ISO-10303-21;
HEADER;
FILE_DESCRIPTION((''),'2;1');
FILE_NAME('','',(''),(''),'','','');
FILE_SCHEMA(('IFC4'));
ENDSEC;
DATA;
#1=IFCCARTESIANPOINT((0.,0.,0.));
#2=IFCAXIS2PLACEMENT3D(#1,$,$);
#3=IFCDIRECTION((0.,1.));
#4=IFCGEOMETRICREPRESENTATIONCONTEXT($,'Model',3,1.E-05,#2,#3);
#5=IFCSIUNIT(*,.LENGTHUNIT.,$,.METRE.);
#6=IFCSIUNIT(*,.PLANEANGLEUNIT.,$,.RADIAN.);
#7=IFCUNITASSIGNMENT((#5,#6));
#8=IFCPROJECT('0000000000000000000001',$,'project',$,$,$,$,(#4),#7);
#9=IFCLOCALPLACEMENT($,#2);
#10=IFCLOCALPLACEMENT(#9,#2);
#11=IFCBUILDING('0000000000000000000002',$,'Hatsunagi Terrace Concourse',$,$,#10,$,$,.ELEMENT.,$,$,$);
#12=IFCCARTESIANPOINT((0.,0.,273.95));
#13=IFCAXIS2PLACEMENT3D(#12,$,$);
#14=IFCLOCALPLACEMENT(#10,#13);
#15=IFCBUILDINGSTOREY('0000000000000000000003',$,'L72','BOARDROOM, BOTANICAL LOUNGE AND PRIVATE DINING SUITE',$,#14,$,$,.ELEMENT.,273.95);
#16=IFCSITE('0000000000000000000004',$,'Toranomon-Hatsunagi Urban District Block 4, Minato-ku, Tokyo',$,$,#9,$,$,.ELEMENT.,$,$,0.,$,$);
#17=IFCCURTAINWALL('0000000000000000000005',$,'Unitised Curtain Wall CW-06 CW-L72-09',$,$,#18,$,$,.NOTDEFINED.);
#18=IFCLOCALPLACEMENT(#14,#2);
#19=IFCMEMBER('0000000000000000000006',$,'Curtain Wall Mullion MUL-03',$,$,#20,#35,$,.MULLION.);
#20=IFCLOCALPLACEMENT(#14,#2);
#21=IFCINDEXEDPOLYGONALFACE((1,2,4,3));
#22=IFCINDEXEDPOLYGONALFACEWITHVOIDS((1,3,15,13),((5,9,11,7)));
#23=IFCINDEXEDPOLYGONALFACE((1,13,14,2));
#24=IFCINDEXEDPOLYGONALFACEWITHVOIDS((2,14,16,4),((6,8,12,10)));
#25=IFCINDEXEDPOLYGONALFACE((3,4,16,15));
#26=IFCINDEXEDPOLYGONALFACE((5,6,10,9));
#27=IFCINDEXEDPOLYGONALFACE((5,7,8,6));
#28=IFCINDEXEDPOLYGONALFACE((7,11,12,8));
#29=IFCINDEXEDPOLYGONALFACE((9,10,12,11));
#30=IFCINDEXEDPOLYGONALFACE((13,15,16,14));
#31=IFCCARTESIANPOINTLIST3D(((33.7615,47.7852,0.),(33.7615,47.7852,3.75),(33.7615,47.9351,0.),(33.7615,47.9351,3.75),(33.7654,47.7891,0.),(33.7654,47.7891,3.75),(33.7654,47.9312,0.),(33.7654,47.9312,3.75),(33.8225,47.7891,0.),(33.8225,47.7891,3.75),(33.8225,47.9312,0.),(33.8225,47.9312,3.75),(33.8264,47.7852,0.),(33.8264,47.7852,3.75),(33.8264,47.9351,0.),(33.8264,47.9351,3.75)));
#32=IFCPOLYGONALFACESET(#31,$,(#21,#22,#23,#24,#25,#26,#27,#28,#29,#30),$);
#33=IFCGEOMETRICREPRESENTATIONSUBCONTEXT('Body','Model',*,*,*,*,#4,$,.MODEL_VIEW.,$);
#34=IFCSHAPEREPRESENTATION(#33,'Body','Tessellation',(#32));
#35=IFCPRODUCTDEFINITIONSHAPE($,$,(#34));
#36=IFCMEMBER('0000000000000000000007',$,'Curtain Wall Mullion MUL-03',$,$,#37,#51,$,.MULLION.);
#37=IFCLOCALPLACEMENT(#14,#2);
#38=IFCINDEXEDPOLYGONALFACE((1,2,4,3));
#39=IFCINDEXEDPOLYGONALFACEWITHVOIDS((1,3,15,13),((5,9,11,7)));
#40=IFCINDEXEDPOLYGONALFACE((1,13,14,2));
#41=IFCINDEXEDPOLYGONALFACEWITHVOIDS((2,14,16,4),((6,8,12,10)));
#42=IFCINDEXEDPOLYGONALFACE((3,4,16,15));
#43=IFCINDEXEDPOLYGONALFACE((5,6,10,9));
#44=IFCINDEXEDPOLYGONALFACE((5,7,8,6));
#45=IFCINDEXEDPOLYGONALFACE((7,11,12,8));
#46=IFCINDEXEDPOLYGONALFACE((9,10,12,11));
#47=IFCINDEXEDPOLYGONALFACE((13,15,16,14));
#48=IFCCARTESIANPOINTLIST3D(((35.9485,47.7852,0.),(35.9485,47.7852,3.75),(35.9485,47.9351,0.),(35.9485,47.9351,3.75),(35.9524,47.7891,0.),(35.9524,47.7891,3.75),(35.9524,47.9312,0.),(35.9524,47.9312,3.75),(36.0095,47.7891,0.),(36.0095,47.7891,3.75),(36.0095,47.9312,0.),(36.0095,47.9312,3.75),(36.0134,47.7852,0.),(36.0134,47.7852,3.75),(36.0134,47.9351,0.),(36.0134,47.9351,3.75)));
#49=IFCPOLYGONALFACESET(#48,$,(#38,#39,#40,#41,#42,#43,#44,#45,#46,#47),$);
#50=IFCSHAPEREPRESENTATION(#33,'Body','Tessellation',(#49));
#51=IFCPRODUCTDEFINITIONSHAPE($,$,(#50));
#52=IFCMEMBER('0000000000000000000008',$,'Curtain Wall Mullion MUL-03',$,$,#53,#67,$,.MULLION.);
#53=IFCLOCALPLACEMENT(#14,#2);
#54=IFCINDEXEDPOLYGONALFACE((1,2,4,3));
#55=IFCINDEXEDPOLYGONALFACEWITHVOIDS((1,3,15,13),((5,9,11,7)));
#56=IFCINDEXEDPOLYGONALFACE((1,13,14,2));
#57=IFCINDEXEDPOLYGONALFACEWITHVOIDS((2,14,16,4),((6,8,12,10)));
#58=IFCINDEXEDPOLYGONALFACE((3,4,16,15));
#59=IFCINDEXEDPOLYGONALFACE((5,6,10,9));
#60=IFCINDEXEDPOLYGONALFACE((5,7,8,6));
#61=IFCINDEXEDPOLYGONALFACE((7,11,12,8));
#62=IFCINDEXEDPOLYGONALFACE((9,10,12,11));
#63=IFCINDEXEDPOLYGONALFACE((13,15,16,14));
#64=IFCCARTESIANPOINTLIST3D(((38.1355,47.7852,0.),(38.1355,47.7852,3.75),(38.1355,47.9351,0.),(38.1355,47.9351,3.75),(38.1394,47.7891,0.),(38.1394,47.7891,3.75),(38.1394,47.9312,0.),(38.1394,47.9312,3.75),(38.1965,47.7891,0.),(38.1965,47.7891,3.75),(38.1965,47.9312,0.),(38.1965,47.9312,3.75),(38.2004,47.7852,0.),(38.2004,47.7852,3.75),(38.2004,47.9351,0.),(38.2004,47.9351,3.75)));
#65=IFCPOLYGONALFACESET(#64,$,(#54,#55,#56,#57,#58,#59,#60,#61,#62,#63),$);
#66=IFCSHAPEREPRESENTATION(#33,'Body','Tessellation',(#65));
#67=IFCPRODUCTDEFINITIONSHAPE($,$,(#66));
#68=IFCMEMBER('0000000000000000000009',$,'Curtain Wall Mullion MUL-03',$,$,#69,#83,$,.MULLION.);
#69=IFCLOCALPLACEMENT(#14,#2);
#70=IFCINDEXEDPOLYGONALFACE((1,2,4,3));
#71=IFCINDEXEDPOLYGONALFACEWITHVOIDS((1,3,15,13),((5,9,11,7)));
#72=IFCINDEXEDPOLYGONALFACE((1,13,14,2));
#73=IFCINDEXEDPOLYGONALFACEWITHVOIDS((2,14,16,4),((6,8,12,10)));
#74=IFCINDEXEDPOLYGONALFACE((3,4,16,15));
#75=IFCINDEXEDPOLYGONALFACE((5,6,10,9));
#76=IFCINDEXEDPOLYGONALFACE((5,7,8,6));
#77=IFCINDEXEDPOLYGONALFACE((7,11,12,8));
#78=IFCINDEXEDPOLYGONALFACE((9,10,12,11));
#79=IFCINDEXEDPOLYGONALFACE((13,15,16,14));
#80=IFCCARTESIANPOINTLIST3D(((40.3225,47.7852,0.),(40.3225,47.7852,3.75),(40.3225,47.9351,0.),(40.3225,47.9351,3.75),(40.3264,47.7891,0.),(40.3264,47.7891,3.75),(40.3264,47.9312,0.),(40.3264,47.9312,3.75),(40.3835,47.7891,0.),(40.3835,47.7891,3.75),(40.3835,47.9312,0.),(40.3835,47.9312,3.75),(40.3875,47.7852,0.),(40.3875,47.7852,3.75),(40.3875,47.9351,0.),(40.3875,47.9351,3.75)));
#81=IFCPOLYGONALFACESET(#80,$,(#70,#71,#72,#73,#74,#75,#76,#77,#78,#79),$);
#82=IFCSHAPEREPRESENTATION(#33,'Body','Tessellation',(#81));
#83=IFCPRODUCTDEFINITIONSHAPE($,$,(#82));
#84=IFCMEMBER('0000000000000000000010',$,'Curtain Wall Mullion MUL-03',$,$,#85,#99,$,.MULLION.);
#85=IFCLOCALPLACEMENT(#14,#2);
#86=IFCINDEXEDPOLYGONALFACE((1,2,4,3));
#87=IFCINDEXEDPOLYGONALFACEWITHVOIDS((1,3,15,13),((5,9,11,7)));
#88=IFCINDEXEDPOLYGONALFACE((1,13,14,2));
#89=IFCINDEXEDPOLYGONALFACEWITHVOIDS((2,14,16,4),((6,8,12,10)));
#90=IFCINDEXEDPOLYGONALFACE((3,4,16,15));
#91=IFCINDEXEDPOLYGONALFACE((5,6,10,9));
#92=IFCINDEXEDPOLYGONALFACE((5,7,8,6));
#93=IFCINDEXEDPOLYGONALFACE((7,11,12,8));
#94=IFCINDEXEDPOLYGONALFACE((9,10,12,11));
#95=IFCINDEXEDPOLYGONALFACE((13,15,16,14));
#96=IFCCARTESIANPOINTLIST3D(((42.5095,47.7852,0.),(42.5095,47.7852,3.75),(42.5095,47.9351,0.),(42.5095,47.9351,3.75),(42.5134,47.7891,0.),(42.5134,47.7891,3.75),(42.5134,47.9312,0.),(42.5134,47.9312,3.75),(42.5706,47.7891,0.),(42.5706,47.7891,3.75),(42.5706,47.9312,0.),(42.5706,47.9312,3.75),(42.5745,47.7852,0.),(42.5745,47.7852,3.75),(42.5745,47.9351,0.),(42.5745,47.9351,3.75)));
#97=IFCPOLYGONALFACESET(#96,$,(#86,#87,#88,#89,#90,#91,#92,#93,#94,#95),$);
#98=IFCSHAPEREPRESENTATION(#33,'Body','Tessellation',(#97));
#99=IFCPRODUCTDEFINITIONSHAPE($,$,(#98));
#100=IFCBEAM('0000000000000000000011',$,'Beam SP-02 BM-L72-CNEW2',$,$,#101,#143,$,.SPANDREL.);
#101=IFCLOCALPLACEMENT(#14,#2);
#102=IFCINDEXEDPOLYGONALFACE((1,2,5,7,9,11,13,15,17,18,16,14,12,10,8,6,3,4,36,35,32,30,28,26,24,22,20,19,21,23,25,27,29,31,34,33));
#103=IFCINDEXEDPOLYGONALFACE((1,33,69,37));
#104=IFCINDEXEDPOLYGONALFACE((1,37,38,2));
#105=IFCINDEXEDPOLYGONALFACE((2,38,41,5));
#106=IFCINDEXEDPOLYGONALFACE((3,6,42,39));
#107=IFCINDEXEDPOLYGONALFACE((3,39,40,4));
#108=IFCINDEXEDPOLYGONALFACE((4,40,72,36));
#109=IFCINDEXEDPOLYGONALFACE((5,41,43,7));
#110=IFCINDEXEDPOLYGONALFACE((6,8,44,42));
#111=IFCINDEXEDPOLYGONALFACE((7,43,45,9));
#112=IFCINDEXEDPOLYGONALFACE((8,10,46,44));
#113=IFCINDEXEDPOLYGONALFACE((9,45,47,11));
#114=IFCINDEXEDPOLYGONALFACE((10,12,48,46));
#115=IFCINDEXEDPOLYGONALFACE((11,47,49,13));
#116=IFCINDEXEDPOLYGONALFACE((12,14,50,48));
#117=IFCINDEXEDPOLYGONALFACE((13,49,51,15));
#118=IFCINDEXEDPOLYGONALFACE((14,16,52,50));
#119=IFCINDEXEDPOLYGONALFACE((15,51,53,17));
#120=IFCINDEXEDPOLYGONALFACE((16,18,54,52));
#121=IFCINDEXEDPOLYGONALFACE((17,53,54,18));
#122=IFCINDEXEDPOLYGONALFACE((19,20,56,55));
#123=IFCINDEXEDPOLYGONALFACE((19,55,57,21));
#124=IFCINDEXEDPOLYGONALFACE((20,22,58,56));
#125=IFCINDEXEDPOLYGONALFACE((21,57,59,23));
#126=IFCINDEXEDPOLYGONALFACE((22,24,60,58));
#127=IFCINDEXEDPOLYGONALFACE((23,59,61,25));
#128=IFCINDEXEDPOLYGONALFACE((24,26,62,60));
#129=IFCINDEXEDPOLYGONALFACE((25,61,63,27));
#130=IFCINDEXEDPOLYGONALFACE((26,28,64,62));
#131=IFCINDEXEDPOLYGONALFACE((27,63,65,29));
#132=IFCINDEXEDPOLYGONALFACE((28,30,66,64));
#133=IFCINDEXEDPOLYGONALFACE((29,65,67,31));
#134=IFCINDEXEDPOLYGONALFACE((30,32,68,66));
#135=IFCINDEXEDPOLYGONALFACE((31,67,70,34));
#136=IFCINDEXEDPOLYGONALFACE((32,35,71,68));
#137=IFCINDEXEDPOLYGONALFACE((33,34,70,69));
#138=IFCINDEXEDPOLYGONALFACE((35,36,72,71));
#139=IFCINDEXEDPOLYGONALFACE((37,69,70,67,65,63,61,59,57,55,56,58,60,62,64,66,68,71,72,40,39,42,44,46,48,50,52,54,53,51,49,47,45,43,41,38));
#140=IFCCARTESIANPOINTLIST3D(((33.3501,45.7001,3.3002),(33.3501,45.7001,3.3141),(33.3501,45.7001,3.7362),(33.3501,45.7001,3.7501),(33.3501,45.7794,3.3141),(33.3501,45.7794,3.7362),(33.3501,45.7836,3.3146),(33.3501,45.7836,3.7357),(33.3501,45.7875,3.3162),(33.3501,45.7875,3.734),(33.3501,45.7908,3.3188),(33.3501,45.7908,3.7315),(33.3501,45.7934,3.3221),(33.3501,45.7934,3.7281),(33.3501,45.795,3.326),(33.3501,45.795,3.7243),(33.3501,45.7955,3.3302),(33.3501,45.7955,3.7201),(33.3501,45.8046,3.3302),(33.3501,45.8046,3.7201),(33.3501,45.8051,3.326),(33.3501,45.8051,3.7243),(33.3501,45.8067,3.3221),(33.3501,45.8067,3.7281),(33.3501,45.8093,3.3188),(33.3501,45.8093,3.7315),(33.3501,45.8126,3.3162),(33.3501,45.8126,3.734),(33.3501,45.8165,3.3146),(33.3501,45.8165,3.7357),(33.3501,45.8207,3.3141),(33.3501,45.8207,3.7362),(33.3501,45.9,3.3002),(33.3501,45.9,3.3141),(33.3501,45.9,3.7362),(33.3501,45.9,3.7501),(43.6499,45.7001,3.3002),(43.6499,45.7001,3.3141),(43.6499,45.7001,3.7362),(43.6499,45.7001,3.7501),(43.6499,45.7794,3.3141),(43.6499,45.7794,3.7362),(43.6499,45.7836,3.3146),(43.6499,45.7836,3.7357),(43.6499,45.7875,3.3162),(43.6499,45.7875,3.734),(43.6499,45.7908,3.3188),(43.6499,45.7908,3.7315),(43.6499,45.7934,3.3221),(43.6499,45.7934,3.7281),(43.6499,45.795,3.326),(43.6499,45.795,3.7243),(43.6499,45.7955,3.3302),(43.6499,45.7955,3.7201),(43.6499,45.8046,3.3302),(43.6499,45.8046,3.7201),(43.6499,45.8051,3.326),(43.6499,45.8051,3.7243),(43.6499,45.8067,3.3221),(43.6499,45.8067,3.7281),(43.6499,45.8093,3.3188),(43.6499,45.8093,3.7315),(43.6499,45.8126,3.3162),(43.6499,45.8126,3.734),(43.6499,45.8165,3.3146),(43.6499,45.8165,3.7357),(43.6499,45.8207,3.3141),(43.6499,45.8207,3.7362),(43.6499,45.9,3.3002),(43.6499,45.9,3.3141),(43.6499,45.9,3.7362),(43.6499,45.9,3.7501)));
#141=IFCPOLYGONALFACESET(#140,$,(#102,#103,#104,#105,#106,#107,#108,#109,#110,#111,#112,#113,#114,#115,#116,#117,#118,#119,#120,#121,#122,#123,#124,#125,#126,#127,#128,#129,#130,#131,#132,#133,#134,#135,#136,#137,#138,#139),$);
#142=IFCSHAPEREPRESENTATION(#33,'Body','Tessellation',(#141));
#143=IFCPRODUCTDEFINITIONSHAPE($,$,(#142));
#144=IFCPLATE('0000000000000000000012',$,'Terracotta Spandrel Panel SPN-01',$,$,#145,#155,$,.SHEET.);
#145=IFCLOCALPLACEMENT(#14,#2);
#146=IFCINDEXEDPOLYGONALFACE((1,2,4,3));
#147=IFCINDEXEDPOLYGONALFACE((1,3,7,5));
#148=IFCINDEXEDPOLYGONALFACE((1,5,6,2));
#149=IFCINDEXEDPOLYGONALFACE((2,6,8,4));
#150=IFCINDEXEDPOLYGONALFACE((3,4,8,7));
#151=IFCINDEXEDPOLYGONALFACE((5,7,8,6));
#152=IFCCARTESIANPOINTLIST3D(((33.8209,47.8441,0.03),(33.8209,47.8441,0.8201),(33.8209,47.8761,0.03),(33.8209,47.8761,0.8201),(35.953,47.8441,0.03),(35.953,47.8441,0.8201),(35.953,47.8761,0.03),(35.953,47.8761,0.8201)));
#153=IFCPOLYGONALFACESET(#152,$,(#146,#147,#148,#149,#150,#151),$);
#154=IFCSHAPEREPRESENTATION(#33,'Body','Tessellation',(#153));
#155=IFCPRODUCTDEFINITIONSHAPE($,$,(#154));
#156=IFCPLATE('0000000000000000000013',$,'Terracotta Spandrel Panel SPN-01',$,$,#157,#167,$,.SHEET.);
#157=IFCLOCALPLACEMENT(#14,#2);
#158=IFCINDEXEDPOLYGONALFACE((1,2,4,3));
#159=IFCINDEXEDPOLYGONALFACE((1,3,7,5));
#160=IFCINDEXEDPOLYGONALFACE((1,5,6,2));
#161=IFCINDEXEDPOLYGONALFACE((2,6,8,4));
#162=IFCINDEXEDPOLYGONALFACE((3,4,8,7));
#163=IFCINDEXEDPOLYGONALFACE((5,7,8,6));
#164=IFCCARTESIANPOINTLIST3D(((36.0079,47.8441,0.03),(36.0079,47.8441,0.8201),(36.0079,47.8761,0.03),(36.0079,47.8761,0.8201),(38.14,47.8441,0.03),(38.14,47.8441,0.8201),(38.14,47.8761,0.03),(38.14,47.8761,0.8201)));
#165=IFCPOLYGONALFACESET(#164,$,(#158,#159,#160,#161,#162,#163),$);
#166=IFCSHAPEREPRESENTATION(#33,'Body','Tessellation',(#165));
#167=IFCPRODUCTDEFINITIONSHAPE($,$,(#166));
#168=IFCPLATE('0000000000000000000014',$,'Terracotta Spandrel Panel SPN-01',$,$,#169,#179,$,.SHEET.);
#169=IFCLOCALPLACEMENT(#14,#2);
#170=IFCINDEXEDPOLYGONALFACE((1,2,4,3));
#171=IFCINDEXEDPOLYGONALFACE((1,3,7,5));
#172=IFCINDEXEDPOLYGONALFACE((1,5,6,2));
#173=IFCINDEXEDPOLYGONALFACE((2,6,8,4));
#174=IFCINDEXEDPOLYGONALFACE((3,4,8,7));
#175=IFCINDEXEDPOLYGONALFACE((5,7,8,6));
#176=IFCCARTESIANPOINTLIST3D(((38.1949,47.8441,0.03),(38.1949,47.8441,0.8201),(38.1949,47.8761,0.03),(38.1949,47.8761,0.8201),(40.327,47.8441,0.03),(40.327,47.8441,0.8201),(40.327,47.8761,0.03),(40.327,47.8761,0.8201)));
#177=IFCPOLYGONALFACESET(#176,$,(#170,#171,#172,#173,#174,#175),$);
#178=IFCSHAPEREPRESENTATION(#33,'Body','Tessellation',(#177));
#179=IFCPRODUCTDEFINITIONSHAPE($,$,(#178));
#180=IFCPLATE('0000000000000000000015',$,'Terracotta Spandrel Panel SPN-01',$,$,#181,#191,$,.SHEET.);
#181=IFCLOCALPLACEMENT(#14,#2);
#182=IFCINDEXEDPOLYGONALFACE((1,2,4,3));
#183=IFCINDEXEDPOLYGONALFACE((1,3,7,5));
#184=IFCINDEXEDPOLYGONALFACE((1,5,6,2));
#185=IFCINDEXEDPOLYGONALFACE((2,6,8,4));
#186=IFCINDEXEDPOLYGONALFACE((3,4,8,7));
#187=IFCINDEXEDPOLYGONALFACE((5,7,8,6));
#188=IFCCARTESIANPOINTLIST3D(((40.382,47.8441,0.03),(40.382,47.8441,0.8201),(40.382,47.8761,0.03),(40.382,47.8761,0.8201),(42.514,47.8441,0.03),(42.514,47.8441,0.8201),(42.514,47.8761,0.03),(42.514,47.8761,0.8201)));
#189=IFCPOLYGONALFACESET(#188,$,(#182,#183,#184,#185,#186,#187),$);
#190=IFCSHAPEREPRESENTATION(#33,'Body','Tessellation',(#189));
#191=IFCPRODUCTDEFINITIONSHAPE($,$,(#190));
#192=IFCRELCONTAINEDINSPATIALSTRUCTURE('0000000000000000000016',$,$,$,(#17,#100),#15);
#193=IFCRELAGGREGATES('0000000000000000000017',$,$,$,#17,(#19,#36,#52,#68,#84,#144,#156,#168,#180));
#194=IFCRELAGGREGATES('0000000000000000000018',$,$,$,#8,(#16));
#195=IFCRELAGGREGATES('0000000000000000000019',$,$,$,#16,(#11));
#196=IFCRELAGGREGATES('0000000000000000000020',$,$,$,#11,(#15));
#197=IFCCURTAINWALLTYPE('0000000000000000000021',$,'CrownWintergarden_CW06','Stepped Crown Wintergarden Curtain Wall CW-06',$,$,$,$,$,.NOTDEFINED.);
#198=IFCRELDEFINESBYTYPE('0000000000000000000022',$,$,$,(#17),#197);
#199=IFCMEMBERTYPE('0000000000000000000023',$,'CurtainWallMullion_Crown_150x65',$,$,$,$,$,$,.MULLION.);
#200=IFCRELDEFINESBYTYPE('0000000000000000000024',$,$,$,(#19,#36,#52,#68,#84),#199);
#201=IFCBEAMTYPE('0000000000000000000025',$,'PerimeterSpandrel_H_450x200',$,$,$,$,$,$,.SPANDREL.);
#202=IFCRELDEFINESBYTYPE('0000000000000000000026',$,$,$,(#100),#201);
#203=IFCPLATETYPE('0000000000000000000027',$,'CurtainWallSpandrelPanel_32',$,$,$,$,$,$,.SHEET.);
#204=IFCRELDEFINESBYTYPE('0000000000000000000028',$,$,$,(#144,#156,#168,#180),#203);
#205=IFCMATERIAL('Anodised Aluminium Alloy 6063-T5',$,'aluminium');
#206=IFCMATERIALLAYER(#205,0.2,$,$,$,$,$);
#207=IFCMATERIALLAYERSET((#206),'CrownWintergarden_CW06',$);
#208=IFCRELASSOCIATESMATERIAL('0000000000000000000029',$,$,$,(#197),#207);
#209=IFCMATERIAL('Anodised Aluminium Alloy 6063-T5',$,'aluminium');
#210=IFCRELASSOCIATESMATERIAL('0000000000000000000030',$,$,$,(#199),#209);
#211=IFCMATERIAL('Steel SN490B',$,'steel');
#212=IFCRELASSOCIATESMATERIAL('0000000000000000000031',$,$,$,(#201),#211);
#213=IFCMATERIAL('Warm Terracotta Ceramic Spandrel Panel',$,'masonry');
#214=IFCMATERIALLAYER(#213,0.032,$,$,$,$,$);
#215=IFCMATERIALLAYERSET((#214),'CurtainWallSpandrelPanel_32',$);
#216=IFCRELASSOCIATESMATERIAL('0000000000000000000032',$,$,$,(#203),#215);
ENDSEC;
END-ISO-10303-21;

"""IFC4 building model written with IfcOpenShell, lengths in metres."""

from ifc_helpers import new_model, si_unit, direction, frame, origin, origin_2d, place, context, subcontext, project, spatial, rectangle, hollow_rectangle, i_section, extrude, material, layer, layer_set, material_profile, profile_set, type_object, element, aggregate, save


model = new_model("IFC4")

# Units and contexts
model_context = context("Model", 3, precision=1e-05, world=origin(), true_north=direction((0.0, 1.0)))
body_context = subcontext(model_context, "Body", "Model", "MODEL_VIEW")
ifc_project = project(units=[si_unit("LENGTHUNIT", "METRE"), si_unit("PLANEANGLEUNIT", "RADIAN")], contexts=[model_context])

# Site, building, storey
site_placement = place(None, origin())
site = spatial("IfcSite", under=ifc_project, at=site_placement, Name="Toranomon-Hatsunagi Urban District Block 4, Minato-ku, Tokyo", CompositionType="ELEMENT", RefElevation=0.0)
building_placement = place(site_placement, origin())
building = spatial("IfcBuilding", under=site, at=building_placement, Name="Hatsunagi Terrace Concourse", CompositionType="ELEMENT")
storey_placement = place(building_placement, frame((0.0, 0.0, 273.95)))
storey = spatial("IfcBuildingStorey", under=building, at=storey_placement, Name="L72", Description="BOARDROOM, BOTANICAL LOUNGE AND PRIVATE DINING SUITE", CompositionType="ELEMENT", Elevation=273.95)

# Curtain wall, members
ifc_material_1 = material(Name="Anodised Aluminium Alloy 6063-T5", Category="aluminium")
ifc_layer_1 = layer(ifc_material_1, 0.2)
ifc_layer_set_1 = layer_set([ifc_layer_1], Name="CrownWintergarden_CW06")
curtain_wall_type = type_object("IfcCurtainWallType", Name="CrownWintergarden_CW06", Description="Stepped Crown Wintergarden Curtain Wall CW-06", PredefinedType="NOTDEFINED", material=ifc_layer_set_1)
curtain_wall_placement = place(storey_placement, origin())
curtain_wall = element("IfcCurtainWall", 1, at=curtain_wall_placement, inside=storey, type_object=curtain_wall_type, Name="Unitised Curtain Wall CW-06 CW-L72-09", PredefinedType="NOTDEFINED")
ifc_material_2 = material(Name="Anodised Aluminium Alloy 6063-T5", Category="aluminium")
ifc_material_profile_1 = material_profile(ifc_material_2, hollow_rectangle(XDim=0.0649, YDim=0.1499, WallThickness=0.0039, at=origin_2d()), Name="ALU-MUL-150x65x4")
ifc_profile_set_1 = profile_set([ifc_material_profile_1], Name="Anodised Aluminium Alloy 6063-T5")
member_type = type_object("IfcMemberType", Name="CurtainWallMullion_Crown_150x65", PredefinedType="MULLION", material=ifc_profile_set_1)
member_1_placement = place(storey_placement, frame((33.7939, 47.8601, 0.0), z_axis=(0.0, 0.0, 1.0), x_axis=(1.0, 0.0, 0.0)))
member_1 = element("IfcMember", 2, at=member_1_placement, type_object=member_type, Name="Curtain Wall Mullion MUL-03", PredefinedType="MULLION", context=body_context, shape_type="SweptSolid", body=[
    extrude(hollow_rectangle(XDim=0.0649, YDim=0.1499, WallThickness=0.0039, at=origin_2d()), origin(), (0.0, 0.0, 1.0), 3.75),
])
member_2_placement = place(storey_placement, frame((35.981, 47.8601, 0.0), z_axis=(0.0, 0.0, 1.0), x_axis=(1.0, 0.0, 0.0)))
member_2 = element("IfcMember", 3, at=member_2_placement, type_object=member_type, Name="Curtain Wall Mullion MUL-03", PredefinedType="MULLION", context=body_context, shape_type="SweptSolid", body=[
    extrude(hollow_rectangle(XDim=0.0649, YDim=0.1499, WallThickness=0.0039, at=origin_2d()), origin(), (0.0, 0.0, 1.0), 3.75),
])
member_3_placement = place(storey_placement, frame((38.168, 47.8601, 0.0), z_axis=(0.0, 0.0, 1.0), x_axis=(1.0, 0.0, 0.0)))
member_3 = element("IfcMember", 4, at=member_3_placement, type_object=member_type, Name="Curtain Wall Mullion MUL-03", PredefinedType="MULLION", context=body_context, shape_type="SweptSolid", body=[
    extrude(hollow_rectangle(XDim=0.0649, YDim=0.1499, WallThickness=0.0039, at=origin_2d()), origin(), (0.0, 0.0, 1.0), 3.75),
])
member_4_placement = place(storey_placement, frame((40.355, 47.8601, 0.0), z_axis=(0.0, 0.0, 1.0), x_axis=(1.0, 0.0, 0.0)))
member_4 = element("IfcMember", 5, at=member_4_placement, type_object=member_type, Name="Curtain Wall Mullion MUL-03", PredefinedType="MULLION", context=body_context, shape_type="SweptSolid", body=[
    extrude(hollow_rectangle(XDim=0.0649, YDim=0.1499, WallThickness=0.0039, at=origin_2d()), origin(), (0.0, 0.0, 1.0), 3.75),
])
member_5_placement = place(storey_placement, frame((42.542, 47.8601, 0.0), z_axis=(0.0, 0.0, 1.0), x_axis=(1.0, 0.0, 0.0)))
member_5 = element("IfcMember", 6, at=member_5_placement, type_object=member_type, Name="Curtain Wall Mullion MUL-03", PredefinedType="MULLION", context=body_context, shape_type="SweptSolid", body=[
    extrude(hollow_rectangle(XDim=0.0649, YDim=0.1499, WallThickness=0.0039, at=origin_2d()), origin(), (0.0, 0.0, 1.0), 3.75),
])

# Beam
ifc_material_3 = material(Name="Steel SN490B", Category="steel")
ifc_material_profile_2 = material_profile(ifc_material_3, i_section(OverallWidth=0.2, OverallDepth=0.45, WebThickness=0.009, FlangeThickness=0.0139, FilletRadius=0.0161, at=origin_2d()), Name="H-450x200x9x14")
ifc_profile_set_2 = profile_set([ifc_material_profile_2], Name="Steel SN490B")
beam_type = type_object("IfcBeamType", Name="PerimeterSpandrel_H_450x200", PredefinedType="SPANDREL", material=ifc_profile_set_2)
beam_placement = place(storey_placement, frame((33.3501, 45.8, 3.5251), z_axis=(1.0, 0.0, 0.0), x_axis=(0.0, 1.0, 0.0)))
element("IfcBeam", 7, at=beam_placement, inside=storey, type_object=beam_type, Name="Beam SP-02 BM-L72-CNEW2", PredefinedType="SPANDREL", context=body_context, shape_type="SweptSolid", body=[
    extrude(i_section(OverallWidth=0.2, OverallDepth=0.45, WebThickness=0.009, FlangeThickness=0.0139, FilletRadius=0.0161, at=origin_2d()), origin(), (0.0, 0.0, 1.0), 10.2998),
])

# Plates
ifc_material_4 = material(Name="Warm Terracotta Ceramic Spandrel Panel", Category="masonry")
ifc_layer_2 = layer(ifc_material_4, 0.032)
ifc_layer_set_2 = layer_set([ifc_layer_2], Name="CurtainWallSpandrelPanel_32")
plate_type_1 = type_object("IfcPlateType", Name="CurtainWallSpandrelPanel_32", PredefinedType="SHEET", material=ifc_layer_set_2)
plate_1_placement = place(storey_placement, frame((34.887, 47.8601, 0.03), z_axis=(0.0, 0.0, 1.0), x_axis=(1.0, 0.0, 0.0)))
plate_1 = element("IfcPlate", 8, at=plate_1_placement, type_object=plate_type_1, Name="Terracotta Spandrel Panel SPN-01", PredefinedType="SHEET", context=body_context, shape_type="SweptSolid", body=[
    extrude(rectangle(XDim=2.1321, YDim=0.032, at=origin_2d()), origin(), (0.0, 0.0, 1.0), 0.79),
])
plate_2_placement = place(storey_placement, frame((37.074, 47.8601, 0.03), z_axis=(0.0, 0.0, 1.0), x_axis=(1.0, 0.0, 0.0)))
plate_2 = element("IfcPlate", 9, at=plate_2_placement, type_object=plate_type_1, Name="Terracotta Spandrel Panel SPN-01", PredefinedType="SHEET", context=body_context, shape_type="SweptSolid", body=[
    extrude(rectangle(XDim=2.1321, YDim=0.032, at=origin_2d()), origin(), (0.0, 0.0, 1.0), 0.79),
])
plate_3_placement = place(storey_placement, frame((39.261, 47.8601, 0.03), z_axis=(0.0, 0.0, 1.0), x_axis=(1.0, 0.0, 0.0)))
plate_3 = element("IfcPlate", 10, at=plate_3_placement, type_object=plate_type_1, Name="Terracotta Spandrel Panel SPN-01", PredefinedType="SHEET", context=body_context, shape_type="SweptSolid", body=[
    extrude(rectangle(XDim=2.1321, YDim=0.032, at=origin_2d()), origin(), (0.0, 0.0, 1.0), 0.79),
])
plate_4_placement = place(storey_placement, frame((41.448, 47.8601, 0.03), z_axis=(0.0, 0.0, 1.0), x_axis=(1.0, 0.0, 0.0)))
plate_4 = element("IfcPlate", 11, at=plate_4_placement, type_object=plate_type_1, Name="Terracotta Spandrel Panel SPN-01", PredefinedType="SHEET", context=body_context, shape_type="SweptSolid", body=[
    extrude(rectangle(XDim=2.1321, YDim=0.032, at=origin_2d()), origin(), (0.0, 0.0, 1.0), 0.79),
])
aggregate(curtain_wall, [member_1, member_2, member_3, member_4, member_5, plate_1, plate_2, plate_3, plate_4])

save(model, "model.ifc")
